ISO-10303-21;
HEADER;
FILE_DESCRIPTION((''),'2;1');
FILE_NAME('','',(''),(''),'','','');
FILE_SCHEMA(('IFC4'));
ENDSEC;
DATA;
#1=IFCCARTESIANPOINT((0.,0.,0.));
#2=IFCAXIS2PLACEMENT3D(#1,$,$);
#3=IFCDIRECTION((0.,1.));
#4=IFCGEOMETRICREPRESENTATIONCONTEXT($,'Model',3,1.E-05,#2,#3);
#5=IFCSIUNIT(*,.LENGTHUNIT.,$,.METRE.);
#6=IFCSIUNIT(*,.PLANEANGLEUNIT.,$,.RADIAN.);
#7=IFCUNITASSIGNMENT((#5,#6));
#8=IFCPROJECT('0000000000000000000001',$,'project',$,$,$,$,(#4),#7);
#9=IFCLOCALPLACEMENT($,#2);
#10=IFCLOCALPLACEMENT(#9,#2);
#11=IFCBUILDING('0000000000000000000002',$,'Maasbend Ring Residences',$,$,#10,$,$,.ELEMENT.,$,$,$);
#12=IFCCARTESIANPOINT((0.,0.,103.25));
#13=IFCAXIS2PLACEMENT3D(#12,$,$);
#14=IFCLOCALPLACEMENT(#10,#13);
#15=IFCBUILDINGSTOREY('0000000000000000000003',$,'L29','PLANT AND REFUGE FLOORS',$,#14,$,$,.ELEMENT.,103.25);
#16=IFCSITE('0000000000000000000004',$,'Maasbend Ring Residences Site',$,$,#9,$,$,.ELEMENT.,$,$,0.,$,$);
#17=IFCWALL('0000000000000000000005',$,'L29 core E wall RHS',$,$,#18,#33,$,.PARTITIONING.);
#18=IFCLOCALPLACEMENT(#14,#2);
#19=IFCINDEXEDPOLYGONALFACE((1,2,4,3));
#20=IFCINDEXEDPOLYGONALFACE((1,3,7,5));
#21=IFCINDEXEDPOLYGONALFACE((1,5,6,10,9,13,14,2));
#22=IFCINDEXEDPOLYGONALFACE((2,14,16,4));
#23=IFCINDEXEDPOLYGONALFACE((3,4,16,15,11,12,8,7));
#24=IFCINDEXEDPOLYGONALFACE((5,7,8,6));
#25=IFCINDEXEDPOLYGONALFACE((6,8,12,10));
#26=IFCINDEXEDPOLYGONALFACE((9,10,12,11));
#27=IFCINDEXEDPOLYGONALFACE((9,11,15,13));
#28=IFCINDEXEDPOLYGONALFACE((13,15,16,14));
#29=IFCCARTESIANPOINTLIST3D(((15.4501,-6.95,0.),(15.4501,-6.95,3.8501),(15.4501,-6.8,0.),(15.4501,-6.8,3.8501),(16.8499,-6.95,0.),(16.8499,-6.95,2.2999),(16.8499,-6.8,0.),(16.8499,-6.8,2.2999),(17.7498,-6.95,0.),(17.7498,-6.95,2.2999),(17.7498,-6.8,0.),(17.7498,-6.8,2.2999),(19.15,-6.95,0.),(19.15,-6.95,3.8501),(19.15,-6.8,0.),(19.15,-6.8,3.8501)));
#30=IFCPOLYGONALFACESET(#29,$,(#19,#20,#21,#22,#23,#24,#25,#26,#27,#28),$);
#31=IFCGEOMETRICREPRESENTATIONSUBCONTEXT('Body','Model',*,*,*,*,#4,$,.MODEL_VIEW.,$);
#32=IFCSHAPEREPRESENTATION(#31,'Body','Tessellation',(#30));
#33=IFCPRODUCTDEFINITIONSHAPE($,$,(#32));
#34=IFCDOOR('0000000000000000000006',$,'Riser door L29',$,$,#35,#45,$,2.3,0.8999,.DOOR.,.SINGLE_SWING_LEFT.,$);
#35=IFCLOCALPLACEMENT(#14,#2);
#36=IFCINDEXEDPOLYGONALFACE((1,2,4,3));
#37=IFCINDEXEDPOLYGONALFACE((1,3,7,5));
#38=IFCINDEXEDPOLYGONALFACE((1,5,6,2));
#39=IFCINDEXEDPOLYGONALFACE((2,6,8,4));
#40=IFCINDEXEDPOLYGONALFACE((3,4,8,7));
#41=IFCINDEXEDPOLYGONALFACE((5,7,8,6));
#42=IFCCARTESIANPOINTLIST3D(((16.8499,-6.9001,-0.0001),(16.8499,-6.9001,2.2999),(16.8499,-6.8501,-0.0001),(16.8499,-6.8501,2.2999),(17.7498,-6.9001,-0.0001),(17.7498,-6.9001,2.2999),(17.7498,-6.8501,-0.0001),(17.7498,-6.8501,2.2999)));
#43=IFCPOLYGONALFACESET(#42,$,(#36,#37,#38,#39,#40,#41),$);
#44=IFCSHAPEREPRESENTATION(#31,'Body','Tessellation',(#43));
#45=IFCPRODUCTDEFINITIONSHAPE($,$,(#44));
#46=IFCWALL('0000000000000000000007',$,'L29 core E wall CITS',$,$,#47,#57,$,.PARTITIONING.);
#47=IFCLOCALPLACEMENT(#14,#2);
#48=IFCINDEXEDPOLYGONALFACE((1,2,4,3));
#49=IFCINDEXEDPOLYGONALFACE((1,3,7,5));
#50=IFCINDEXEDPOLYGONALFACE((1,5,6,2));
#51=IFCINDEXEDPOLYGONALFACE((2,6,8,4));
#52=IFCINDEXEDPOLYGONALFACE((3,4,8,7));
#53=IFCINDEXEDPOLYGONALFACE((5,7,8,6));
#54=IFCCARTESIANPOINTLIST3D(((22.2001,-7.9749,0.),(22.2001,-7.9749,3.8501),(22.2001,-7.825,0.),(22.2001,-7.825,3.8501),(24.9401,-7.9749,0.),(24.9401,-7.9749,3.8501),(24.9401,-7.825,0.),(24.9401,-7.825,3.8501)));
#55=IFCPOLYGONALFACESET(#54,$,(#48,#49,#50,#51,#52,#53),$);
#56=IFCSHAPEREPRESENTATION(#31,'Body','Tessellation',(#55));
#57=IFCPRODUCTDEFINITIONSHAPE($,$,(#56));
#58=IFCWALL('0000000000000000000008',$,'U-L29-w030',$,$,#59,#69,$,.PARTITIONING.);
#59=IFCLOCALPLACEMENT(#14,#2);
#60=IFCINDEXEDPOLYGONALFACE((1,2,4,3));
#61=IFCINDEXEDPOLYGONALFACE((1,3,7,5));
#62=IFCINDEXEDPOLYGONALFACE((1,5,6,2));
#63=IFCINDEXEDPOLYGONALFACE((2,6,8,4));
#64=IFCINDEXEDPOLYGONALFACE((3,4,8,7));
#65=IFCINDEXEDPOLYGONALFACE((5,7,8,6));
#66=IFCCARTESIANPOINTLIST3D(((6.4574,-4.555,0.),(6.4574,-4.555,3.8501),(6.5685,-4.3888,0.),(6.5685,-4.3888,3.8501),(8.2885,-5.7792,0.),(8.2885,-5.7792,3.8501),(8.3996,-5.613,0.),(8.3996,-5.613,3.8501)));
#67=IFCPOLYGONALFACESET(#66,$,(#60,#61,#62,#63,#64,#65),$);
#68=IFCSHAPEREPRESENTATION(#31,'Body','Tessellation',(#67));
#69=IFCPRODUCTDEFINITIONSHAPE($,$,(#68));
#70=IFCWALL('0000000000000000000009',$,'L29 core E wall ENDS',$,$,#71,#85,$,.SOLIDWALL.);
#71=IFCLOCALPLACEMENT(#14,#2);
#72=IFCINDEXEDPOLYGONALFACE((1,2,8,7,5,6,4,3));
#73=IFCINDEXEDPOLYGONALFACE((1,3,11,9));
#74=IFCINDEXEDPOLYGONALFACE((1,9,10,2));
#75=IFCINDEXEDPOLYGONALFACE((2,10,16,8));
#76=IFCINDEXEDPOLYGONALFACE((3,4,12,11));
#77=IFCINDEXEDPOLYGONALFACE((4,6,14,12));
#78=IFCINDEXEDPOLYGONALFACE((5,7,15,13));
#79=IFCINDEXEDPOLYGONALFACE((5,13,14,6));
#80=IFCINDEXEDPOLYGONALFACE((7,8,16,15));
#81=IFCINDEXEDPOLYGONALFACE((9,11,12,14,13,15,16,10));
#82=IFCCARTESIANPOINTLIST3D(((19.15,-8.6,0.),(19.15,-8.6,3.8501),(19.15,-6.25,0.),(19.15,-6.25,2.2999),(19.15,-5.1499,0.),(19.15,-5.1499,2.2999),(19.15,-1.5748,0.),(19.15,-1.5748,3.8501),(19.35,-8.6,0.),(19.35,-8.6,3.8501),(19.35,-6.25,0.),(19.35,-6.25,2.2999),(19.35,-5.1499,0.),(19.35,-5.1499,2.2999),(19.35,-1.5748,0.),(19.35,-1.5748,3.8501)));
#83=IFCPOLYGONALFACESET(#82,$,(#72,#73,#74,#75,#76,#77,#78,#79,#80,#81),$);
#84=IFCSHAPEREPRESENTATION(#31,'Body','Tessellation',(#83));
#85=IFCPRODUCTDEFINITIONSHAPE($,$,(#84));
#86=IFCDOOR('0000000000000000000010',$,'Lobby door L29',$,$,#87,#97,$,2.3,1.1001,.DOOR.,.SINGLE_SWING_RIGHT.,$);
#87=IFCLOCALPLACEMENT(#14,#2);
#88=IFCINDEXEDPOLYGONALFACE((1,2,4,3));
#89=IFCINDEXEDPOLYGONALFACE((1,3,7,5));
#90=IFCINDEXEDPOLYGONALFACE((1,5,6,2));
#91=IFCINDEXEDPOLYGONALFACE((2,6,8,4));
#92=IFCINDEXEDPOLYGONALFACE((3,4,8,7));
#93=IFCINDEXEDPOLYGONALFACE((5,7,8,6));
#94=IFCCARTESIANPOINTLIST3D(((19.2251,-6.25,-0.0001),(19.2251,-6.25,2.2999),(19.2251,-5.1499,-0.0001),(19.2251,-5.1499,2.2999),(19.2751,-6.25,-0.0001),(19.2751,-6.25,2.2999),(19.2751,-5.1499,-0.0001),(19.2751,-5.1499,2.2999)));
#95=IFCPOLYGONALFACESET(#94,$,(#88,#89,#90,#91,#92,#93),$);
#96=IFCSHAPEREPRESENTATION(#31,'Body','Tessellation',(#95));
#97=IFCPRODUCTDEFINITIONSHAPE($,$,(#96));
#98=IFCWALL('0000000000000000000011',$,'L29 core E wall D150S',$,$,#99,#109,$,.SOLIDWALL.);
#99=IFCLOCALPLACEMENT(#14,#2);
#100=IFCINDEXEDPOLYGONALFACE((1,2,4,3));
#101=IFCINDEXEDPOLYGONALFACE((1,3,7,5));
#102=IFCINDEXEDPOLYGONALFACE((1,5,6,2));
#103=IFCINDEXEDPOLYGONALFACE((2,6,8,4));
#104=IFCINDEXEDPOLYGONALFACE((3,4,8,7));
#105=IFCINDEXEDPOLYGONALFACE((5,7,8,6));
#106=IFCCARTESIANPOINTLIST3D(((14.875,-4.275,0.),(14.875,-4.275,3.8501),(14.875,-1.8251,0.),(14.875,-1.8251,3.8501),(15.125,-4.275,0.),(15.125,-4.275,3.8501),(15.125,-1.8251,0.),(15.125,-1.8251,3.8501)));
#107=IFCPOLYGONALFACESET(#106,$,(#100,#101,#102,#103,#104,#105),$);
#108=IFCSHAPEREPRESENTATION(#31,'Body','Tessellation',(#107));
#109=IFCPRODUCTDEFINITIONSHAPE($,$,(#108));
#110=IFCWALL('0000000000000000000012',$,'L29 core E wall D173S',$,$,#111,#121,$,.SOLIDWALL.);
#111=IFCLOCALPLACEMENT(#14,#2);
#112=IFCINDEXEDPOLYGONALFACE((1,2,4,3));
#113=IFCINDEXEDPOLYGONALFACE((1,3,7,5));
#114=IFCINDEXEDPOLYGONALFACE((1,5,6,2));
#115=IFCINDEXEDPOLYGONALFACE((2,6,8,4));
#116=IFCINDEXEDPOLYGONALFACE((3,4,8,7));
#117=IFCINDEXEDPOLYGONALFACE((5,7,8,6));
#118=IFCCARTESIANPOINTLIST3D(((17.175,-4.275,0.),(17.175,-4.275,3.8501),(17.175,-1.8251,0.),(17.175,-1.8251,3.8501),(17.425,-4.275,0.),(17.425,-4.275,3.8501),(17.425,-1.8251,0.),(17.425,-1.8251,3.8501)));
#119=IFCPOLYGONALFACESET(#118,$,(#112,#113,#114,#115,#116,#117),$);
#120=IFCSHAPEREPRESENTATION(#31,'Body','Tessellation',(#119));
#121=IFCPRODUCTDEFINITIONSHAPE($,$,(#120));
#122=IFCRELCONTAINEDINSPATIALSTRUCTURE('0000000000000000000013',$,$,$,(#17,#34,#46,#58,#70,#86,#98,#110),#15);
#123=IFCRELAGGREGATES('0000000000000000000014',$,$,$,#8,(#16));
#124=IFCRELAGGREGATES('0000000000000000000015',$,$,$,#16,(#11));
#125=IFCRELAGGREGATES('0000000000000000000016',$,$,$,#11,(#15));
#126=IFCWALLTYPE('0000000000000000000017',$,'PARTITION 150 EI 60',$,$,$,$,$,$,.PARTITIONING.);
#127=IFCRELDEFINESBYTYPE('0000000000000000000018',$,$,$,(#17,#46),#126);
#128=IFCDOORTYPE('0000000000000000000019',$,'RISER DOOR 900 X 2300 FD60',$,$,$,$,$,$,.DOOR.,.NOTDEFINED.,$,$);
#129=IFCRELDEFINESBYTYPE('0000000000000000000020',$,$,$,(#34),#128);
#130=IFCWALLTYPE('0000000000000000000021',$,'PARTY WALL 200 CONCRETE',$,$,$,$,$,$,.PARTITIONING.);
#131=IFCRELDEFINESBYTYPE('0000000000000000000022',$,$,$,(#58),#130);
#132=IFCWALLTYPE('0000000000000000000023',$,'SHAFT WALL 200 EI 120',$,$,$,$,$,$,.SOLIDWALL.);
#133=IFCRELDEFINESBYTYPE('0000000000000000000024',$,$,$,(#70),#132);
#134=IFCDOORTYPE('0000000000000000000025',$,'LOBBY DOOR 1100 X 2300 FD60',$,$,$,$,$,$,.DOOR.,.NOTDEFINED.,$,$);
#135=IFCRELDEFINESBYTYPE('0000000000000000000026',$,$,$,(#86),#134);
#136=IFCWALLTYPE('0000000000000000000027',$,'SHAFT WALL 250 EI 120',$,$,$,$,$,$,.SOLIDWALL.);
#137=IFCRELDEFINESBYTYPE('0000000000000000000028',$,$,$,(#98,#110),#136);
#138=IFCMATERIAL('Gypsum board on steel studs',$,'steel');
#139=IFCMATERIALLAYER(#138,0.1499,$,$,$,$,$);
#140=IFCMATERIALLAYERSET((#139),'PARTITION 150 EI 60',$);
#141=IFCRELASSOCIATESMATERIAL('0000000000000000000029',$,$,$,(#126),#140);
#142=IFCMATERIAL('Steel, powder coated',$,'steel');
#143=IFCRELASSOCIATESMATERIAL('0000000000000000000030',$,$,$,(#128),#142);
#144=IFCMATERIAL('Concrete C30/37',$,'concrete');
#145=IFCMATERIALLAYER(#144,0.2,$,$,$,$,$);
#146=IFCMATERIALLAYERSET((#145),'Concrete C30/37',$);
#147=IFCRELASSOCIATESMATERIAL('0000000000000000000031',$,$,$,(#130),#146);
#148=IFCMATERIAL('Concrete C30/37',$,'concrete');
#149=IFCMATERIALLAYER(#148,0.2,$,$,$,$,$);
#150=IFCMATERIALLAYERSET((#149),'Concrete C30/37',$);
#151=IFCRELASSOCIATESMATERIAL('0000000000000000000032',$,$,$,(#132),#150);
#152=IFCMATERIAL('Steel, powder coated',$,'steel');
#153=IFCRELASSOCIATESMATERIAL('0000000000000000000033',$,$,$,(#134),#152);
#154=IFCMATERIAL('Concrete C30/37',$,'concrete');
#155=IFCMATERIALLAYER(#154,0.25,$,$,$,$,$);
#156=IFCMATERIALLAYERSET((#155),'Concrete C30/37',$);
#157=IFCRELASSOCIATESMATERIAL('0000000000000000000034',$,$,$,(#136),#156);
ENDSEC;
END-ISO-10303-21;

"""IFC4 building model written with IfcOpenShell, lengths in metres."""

from ifc_helpers import new_model, si_unit, direction, frame, frame_2d, origin, place, context, subcontext, project, spatial, rectangle, extrude, material, layer, layer_set, type_object, element, fill, save


model = new_model("IFC4")

# Units and contexts
model_context = context("Model", 3, precision=1e-05, world=origin(), true_north=direction((0.0, 1.0)))
body_context = subcontext(model_context, "Body", "Model", "MODEL_VIEW")
ifc_project = project(units=[si_unit("LENGTHUNIT", "METRE"), si_unit("PLANEANGLEUNIT", "RADIAN")], contexts=[model_context])

# Site, building, storey
site_placement = place(None, origin())
site = spatial("IfcSite", under=ifc_project, at=site_placement, Name="Maasbend Ring Residences Site", CompositionType="ELEMENT", RefElevation=0.0)
building_placement = place(site_placement, origin())
building = spatial("IfcBuilding", under=site, at=building_placement, Name="Maasbend Ring Residences", CompositionType="ELEMENT")
storey_placement = place(building_placement, frame((0.0, 0.0, 103.25)))
storey = spatial("IfcBuildingStorey", under=building, at=storey_placement, Name="L29", Description="PLANT AND REFUGE FLOORS", CompositionType="ELEMENT", Elevation=103.25)

# Wall, opening, door
ifc_material_1 = material(Name="Gypsum board on steel studs", Category="steel")
ifc_layer_1 = layer(ifc_material_1, 0.1499)
ifc_layer_set_1 = layer_set([ifc_layer_1], Name="PARTITION 150 EI 60")
wall_type_1 = type_object("IfcWallType", Name="PARTITION 150 EI 60", PredefinedType="PARTITIONING", material=ifc_layer_set_1)
wall_1_placement = place(storey_placement, frame((15.45, -6.875, 0.0), z_axis=(0.0, 0.0, 1.0), x_axis=(1.0, 0.0, 0.0)))
wall_1 = element("IfcWall", 1, at=wall_1_placement, inside=storey, type_object=wall_type_1, Name="L29 core E wall RHS", PredefinedType="PARTITIONING", context=body_context, shape_type="SweptSolid", body=[
    extrude(rectangle(XDim=3.7, YDim=0.1499, at=frame_2d((1.8501, 0.0))), origin(), (0.0, 0.0, 1.0), 3.8501),
])
opening_1_placement = place(wall_1_placement, frame((1.3999, 0.0, 0.0)))
opening_1 = element("IfcOpeningElement", 2, at=opening_1_placement, cuts=wall_1, PredefinedType="OPENING", context=body_context, shape_type="SweptSolid", body=[
    extrude(rectangle(XDim=0.8999, YDim=2.3, at=frame_2d((0.45, 1.1499))), frame((0.0, 0.085, 0.0), z_axis=(0.0, -1.0, 0.0), x_axis=(1.0, 0.0, 0.0)), (0.0, 0.0, 1.0), 0.1699),
])
ifc_material_2 = material(Name="Steel, powder coated", Category="steel")
door_type_1 = type_object("IfcDoorType", Name="RISER DOOR 900 X 2300 FD60", OperationType="NOTDEFINED", PredefinedType="DOOR", material=ifc_material_2)
door_1_placement = place(opening_1_placement, origin())
door_1 = element("IfcDoor", 3, at=door_1_placement, inside=storey, type_object=door_type_1, Name="Riser door L29", OperationType="SINGLE_SWING_LEFT", OverallHeight=2.3, OverallWidth=0.8999, PredefinedType="DOOR", context=body_context, shape_type="SweptSolid", body=[
    extrude(rectangle(XDim=0.8999, YDim=2.3, at=frame_2d((0.45, 1.1499))), frame((0.0, 0.0249, 0.0), z_axis=(0.0, -1.0, 0.0), x_axis=(1.0, 0.0, 0.0)), (0.0, 0.0, 1.0), 0.05),
])
fill(opening_1, door_1)

# Walls
wall_2_placement = place(storey_placement, frame((22.2, -7.8999, 0.0), z_axis=(0.0, 0.0, 1.0), x_axis=(1.0, 0.0, 0.0)))
element("IfcWall", 4, at=wall_2_placement, inside=storey, type_object=wall_type_1, Name="L29 core E wall CITS", PredefinedType="PARTITIONING", context=body_context, shape_type="SweptSolid", body=[
    extrude(rectangle(XDim=2.74, YDim=0.1499, at=frame_2d((1.3701, 0.0))), origin(), (0.0, 0.0, 1.0), 3.8501),
])
ifc_material_3 = material(Name="Concrete C30/37", Category="concrete")
ifc_layer_2 = layer(ifc_material_3, 0.2)
ifc_layer_set_2 = layer_set([ifc_layer_2], Name="Concrete C30/37")
wall_type_2 = type_object("IfcWallType", Name="PARTY WALL 200 CONCRETE", PredefinedType="PARTITIONING", material=ifc_layer_set_2)
wall_3_placement = place(storey_placement, frame((6.5129, -4.4719, 0.0), z_axis=(0.0, 0.0, 1.0), x_axis=(0.831333, -0.555774, 0.0)))
element("IfcWall", 5, at=wall_3_placement, inside=storey, type_object=wall_type_2, Name="U-L29-w030", PredefinedType="PARTITIONING", context=body_context, shape_type="SweptSolid", body=[
    extrude(rectangle(XDim=2.2026, YDim=0.2, at=frame_2d((1.1013, 0.0))), origin(), (0.0, 0.0, 1.0), 3.8501),
])

# Wall, opening, door
ifc_material_4 = material(Name="Concrete C30/37", Category="concrete")
ifc_layer_3 = layer(ifc_material_4, 0.2)
ifc_layer_set_3 = layer_set([ifc_layer_3], Name="Concrete C30/37")
wall_type_3 = type_object("IfcWallType", Name="SHAFT WALL 200 EI 120", PredefinedType="SOLIDWALL", material=ifc_layer_set_3)
wall_4_placement = place(storey_placement, frame((19.25, -8.6001, 0.0), z_axis=(0.0, 0.0, 1.0), x_axis=(0.0, 1.0, 0.0)))
wall_4 = element("IfcWall", 6, at=wall_4_placement, inside=storey, type_object=wall_type_3, Name="L29 core E wall ENDS", PredefinedType="SOLIDWALL", context=body_context, shape_type="SweptSolid", body=[
    extrude(rectangle(XDim=7.0251, YDim=0.2, at=frame_2d((3.5127, 0.0))), origin(), (0.0, 0.0, 1.0), 3.8501),
])
opening_2_placement = place(wall_4_placement, frame((2.3501, 0.0, 0.0)))
opening_2 = element("IfcOpeningElement", 7, at=opening_2_placement, cuts=wall_4, PredefinedType="OPENING", context=body_context, shape_type="SweptSolid", body=[
    extrude(rectangle(XDim=1.1001, YDim=2.3, at=frame_2d((0.55, 1.1499))), frame((0.0, 0.1099, 0.0), z_axis=(0.0, -1.0, 0.0), x_axis=(1.0, 0.0, 0.0)), (0.0, 0.0, 1.0), 0.22),
])
ifc_material_5 = material(Name="Steel, powder coated", Category="steel")
door_type_2 = type_object("IfcDoorType", Name="LOBBY DOOR 1100 X 2300 FD60", OperationType="NOTDEFINED", PredefinedType="DOOR", material=ifc_material_5)
door_2_placement = place(opening_2_placement, origin())
door_2 = element("IfcDoor", 8, at=door_2_placement, inside=storey, type_object=door_type_2, Name="Lobby door L29", OperationType="SINGLE_SWING_RIGHT", OverallHeight=2.3, OverallWidth=1.1001, PredefinedType="DOOR", context=body_context, shape_type="SweptSolid", body=[
    extrude(rectangle(XDim=1.1001, YDim=2.3, at=frame_2d((0.55, 1.1499))), frame((0.0, 0.0249, 0.0), z_axis=(0.0, -1.0, 0.0), x_axis=(1.0, 0.0, 0.0)), (0.0, 0.0, 1.0), 0.05),
])
fill(opening_2, door_2)

# Walls
ifc_material_6 = material(Name="Concrete C30/37", Category="concrete")
ifc_layer_4 = layer(ifc_material_6, 0.25)
ifc_layer_set_4 = layer_set([ifc_layer_4], Name="Concrete C30/37")
wall_type_4 = type_object("IfcWallType", Name="SHAFT WALL 250 EI 120", PredefinedType="SOLIDWALL", material=ifc_layer_set_4)
for number, where, z_axis, x_axis, name in (
    (9, (15.0, -1.825, 0.0), (0.0, 0.0, 1.0), (0.0, -1.0, 0.0), "L29 core E wall D150S"),
    (10, (17.3, -1.825, 0.0), (0.0, 0.0, 1.0), (0.0, -1.0, 0.0), "L29 core E wall D173S"),
):
    element("IfcWall", number, at=place(storey_placement, frame(where, z_axis=z_axis, x_axis=x_axis)), inside=storey, type_object=wall_type_4, Name=name, PredefinedType="SOLIDWALL", context=body_context, shape_type="SweptSolid", body=[
        extrude(rectangle(XDim=2.45, YDim=0.25, at=frame_2d((1.2251, 0.0))), origin(), (0.0, 0.0, 1.0), 3.8501),
    ])

save(model, "model.ifc")
